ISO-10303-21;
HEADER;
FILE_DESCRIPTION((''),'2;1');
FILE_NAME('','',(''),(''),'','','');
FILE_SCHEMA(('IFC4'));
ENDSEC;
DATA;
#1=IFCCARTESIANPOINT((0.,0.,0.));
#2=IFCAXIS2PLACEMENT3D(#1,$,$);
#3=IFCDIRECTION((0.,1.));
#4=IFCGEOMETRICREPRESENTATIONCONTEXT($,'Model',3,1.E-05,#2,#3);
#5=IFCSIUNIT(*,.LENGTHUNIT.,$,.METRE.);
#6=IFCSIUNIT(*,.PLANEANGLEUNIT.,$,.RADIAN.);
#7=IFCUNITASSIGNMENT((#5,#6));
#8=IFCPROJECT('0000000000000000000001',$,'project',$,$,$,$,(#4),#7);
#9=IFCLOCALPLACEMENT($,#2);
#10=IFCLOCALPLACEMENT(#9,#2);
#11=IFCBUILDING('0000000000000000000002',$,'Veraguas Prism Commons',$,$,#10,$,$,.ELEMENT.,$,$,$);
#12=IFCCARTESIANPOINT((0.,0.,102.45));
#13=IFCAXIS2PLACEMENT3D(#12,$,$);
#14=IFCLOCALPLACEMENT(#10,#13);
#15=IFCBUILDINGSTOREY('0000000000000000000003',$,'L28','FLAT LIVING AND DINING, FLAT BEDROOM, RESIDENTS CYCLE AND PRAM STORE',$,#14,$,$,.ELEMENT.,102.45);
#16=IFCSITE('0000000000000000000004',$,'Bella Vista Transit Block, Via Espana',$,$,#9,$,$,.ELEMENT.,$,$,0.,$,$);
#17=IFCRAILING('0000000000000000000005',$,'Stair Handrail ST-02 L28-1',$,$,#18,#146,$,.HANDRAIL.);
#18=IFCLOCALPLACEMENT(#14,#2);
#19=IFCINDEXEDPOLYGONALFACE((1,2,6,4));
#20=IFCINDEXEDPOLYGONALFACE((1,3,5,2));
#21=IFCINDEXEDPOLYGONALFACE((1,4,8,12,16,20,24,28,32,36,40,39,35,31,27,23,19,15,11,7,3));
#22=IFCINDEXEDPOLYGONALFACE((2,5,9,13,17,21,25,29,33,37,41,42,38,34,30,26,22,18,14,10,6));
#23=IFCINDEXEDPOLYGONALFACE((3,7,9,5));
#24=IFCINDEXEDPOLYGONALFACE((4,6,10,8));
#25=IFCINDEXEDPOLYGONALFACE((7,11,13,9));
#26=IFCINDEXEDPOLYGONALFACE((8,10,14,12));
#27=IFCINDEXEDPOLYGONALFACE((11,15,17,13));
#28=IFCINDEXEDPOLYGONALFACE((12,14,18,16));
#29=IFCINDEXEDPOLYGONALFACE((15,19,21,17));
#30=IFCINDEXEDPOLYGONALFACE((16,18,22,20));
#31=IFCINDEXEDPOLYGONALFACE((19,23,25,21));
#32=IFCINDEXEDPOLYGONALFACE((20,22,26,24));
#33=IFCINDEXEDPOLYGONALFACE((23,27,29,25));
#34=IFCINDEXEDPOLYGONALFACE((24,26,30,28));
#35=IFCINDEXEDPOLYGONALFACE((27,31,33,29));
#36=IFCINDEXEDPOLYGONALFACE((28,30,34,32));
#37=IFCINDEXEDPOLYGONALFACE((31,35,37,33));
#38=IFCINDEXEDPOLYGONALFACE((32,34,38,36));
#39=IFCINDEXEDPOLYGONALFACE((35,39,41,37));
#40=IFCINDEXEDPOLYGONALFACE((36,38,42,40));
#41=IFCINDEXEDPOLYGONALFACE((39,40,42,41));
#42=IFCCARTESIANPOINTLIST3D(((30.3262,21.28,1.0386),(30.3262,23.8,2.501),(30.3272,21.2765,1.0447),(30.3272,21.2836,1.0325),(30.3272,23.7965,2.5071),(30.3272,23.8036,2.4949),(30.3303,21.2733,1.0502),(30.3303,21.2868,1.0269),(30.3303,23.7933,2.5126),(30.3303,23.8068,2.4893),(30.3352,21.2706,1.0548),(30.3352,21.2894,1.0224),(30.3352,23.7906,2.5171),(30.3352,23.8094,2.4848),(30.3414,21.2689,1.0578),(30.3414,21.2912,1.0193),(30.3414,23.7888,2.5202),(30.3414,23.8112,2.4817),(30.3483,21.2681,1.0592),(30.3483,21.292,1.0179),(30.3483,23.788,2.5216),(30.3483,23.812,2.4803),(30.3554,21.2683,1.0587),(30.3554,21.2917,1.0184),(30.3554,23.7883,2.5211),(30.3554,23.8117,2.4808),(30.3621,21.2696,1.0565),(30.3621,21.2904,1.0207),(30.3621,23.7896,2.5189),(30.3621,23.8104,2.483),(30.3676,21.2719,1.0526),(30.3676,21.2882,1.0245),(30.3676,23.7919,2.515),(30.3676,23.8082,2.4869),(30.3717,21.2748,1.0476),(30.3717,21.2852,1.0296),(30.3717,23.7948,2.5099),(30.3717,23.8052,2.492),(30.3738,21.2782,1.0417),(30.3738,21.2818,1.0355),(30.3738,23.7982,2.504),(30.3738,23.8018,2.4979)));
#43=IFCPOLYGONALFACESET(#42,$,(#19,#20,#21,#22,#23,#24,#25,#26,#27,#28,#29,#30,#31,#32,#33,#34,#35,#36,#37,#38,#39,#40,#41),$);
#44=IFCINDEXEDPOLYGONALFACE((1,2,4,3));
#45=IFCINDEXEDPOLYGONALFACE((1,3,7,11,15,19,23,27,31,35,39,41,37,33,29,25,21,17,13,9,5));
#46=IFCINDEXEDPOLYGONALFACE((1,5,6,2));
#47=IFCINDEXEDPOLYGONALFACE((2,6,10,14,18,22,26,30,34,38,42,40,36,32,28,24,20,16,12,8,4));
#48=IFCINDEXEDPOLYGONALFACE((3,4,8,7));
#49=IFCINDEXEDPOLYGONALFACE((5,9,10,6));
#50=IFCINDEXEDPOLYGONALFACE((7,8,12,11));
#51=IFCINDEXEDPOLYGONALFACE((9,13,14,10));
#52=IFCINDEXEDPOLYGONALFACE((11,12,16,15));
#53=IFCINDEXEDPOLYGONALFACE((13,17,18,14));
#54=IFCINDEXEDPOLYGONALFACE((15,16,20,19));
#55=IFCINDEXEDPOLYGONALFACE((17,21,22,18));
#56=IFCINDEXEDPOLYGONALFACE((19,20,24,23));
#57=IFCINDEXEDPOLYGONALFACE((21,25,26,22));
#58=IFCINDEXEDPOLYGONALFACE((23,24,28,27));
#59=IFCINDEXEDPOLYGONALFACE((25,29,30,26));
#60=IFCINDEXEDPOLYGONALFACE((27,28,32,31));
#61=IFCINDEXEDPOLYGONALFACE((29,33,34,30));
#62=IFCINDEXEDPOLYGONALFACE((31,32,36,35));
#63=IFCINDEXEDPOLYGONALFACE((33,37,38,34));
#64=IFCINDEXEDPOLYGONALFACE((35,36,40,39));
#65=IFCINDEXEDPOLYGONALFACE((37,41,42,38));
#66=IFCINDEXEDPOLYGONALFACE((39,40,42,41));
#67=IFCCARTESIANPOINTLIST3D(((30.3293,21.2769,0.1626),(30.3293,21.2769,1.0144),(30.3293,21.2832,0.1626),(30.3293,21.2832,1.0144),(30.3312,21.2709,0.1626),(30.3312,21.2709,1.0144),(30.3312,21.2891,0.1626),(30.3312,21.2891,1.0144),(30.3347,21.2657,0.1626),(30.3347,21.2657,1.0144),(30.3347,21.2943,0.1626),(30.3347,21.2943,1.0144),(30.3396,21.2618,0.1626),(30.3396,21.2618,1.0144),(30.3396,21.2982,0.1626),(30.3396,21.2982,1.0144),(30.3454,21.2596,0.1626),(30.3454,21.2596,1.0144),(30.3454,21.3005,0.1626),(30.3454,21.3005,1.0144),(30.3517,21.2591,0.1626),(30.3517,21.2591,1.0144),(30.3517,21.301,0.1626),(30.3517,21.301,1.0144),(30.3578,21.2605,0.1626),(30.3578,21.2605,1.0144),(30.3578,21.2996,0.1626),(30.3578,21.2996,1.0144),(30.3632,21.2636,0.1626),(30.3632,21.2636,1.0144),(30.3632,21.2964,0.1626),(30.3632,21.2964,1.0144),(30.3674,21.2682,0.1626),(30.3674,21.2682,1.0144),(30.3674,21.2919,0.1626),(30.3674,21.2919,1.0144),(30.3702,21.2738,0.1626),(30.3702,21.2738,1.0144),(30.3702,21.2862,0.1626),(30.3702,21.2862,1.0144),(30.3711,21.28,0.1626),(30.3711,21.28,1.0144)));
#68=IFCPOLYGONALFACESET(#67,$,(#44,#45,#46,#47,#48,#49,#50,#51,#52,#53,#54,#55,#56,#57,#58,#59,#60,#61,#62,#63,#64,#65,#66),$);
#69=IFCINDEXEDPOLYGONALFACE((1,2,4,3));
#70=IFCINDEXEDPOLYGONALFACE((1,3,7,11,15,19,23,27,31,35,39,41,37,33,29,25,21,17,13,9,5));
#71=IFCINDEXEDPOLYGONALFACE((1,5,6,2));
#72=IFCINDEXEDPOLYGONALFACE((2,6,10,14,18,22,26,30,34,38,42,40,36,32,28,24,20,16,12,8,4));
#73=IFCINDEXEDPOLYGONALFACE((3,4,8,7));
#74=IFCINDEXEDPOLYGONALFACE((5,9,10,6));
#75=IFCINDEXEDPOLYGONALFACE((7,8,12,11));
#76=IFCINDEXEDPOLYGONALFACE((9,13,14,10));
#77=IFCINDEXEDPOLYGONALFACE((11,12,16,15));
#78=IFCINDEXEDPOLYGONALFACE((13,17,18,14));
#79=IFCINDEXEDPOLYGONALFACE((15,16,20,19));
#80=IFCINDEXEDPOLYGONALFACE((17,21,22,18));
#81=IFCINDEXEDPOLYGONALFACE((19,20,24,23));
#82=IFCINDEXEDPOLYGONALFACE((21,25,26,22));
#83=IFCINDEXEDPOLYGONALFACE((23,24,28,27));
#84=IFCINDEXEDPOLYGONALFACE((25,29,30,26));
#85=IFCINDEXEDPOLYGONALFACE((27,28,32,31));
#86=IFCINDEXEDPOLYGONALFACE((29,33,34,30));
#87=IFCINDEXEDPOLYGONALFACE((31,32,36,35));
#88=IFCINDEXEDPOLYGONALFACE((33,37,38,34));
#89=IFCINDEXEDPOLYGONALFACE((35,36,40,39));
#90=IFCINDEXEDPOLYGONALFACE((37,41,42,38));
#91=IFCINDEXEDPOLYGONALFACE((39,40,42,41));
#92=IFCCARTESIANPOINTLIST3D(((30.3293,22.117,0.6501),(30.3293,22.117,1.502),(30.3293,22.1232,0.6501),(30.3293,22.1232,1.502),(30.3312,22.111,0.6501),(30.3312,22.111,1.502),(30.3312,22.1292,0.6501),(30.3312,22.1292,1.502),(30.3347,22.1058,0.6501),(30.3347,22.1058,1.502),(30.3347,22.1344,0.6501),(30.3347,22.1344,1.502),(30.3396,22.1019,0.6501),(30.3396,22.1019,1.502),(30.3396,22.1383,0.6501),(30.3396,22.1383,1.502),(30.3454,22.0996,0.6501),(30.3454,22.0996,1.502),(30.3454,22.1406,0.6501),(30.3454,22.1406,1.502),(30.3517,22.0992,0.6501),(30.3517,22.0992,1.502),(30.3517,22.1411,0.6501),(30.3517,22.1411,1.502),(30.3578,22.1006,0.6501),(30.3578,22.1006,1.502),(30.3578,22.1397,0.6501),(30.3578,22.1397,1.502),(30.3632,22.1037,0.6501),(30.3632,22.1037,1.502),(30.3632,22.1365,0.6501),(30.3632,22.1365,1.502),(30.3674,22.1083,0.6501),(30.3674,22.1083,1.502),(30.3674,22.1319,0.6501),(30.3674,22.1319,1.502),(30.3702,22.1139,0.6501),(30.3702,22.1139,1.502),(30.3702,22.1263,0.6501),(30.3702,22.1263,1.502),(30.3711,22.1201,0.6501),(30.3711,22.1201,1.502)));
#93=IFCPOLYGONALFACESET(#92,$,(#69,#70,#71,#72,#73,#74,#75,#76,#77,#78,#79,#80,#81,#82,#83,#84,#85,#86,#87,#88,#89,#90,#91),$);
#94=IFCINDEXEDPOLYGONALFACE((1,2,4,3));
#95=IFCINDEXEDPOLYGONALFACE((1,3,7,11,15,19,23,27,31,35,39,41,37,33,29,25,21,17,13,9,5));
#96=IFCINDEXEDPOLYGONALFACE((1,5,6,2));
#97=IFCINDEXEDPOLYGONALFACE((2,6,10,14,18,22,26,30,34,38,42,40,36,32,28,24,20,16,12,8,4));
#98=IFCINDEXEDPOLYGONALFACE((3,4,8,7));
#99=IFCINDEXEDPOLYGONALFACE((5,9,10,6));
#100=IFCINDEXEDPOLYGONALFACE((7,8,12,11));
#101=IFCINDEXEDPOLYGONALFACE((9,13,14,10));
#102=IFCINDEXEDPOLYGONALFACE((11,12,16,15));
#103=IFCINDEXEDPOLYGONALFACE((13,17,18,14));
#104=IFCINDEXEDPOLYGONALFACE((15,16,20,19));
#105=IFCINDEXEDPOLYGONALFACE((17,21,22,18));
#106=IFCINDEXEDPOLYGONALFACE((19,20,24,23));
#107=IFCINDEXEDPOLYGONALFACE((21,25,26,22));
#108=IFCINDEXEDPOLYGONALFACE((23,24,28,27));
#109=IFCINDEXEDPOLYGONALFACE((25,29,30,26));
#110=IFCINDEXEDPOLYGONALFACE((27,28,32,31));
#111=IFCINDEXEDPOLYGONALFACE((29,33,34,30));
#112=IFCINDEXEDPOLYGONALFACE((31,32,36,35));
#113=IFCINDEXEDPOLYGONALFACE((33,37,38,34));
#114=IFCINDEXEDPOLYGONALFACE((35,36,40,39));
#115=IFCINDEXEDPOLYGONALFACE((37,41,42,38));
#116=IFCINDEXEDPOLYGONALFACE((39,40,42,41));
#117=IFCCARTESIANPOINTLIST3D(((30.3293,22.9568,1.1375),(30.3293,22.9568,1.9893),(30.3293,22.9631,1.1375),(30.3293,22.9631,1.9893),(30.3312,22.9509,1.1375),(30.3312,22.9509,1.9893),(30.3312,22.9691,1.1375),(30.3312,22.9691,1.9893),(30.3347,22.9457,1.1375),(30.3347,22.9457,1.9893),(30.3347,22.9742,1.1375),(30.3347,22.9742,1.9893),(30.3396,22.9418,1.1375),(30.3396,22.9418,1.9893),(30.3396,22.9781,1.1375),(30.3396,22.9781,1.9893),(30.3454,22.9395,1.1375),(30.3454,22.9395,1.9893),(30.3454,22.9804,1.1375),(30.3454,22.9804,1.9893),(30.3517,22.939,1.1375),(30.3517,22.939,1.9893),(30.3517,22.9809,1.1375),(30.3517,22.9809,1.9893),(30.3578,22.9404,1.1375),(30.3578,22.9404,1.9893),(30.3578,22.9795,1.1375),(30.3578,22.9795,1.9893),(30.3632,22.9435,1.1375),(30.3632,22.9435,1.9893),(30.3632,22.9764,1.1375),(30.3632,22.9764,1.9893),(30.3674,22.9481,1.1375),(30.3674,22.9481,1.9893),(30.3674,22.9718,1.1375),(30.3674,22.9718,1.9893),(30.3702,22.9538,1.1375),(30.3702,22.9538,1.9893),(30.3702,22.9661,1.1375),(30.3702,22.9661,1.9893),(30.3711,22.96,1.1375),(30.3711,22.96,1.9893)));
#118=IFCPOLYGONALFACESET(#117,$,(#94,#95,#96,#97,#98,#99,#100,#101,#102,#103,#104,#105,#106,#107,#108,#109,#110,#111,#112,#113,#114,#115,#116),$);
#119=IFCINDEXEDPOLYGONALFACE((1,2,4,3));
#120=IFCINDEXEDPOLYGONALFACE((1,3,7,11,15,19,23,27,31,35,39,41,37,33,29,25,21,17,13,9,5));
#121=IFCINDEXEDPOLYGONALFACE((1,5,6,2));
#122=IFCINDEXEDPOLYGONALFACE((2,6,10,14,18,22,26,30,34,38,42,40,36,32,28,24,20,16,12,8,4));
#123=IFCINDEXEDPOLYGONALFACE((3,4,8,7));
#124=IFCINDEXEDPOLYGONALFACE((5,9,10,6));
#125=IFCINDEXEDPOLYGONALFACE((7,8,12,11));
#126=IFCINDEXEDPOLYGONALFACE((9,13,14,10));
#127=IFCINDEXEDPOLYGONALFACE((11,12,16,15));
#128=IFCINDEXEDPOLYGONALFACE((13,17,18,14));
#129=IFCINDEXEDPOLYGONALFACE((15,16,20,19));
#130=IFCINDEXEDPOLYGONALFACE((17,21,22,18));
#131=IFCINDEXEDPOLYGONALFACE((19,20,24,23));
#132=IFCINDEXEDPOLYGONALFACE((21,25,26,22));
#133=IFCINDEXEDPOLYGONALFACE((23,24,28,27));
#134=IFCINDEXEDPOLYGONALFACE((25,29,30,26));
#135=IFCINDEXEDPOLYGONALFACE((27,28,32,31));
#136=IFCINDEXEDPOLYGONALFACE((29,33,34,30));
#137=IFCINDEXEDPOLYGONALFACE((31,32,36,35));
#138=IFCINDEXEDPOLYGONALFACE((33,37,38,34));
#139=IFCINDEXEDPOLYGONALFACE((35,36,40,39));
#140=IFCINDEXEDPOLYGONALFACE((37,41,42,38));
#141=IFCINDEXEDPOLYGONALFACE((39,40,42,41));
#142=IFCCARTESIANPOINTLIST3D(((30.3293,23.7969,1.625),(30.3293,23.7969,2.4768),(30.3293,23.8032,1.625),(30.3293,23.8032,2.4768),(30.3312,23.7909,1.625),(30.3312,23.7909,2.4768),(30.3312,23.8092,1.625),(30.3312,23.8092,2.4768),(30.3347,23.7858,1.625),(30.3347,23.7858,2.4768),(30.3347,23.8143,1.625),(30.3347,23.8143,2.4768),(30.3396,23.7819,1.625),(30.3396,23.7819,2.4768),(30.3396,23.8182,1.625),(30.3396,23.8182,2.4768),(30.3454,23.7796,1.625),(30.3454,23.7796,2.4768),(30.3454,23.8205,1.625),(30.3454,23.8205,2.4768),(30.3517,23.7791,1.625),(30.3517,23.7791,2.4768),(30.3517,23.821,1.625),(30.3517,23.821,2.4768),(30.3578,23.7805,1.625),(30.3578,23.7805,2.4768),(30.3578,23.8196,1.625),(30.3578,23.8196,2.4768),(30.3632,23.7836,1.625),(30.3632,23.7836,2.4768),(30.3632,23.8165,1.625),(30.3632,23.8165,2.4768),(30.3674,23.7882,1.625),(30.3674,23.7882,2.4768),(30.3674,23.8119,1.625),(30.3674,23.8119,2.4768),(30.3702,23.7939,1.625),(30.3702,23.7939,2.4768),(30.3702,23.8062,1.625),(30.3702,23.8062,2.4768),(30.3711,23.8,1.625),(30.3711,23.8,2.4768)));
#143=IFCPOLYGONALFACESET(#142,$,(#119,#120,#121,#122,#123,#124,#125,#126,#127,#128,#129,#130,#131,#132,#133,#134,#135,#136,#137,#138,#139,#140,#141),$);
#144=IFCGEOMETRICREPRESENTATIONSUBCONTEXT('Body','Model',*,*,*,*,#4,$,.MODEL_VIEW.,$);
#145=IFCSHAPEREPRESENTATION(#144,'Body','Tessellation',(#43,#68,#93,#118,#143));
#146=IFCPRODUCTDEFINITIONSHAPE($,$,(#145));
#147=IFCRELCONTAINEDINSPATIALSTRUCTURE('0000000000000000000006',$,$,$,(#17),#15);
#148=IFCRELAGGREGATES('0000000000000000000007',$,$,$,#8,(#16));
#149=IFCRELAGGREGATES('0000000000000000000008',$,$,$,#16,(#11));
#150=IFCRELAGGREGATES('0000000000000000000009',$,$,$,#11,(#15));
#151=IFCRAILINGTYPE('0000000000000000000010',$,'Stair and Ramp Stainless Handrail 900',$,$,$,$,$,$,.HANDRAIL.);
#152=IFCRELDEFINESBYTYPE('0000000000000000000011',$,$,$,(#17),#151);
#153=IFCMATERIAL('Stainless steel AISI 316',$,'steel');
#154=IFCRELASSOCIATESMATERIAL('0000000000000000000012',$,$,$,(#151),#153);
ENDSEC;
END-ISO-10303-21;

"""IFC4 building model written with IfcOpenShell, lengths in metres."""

from ifc_helpers import new_model, si_unit, direction, frame, origin, origin_2d, place, context, subcontext, project, spatial, circle, extrude, material, type_object, element, save


model = new_model("IFC4")

# Units and contexts
model_context = context("Model", 3, precision=1e-05, world=origin(), true_north=direction((0.0, 1.0)))
body_context = subcontext(model_context, "Body", "Model", "MODEL_VIEW")
ifc_project = project(units=[si_unit("LENGTHUNIT", "METRE"), si_unit("PLANEANGLEUNIT", "RADIAN")], contexts=[model_context])

# Site, building, storey
site_placement = place(None, origin())
site = spatial("IfcSite", under=ifc_project, at=site_placement, Name="Bella Vista Transit Block, Via Espana", CompositionType="ELEMENT", RefElevation=0.0)
building_placement = place(site_placement, origin())
building = spatial("IfcBuilding", under=site, at=building_placement, Name="Veraguas Prism Commons", CompositionType="ELEMENT")
storey_placement = place(building_placement, frame((0.0, 0.0, 102.45)))
storey = spatial("IfcBuildingStorey", under=building, at=storey_placement, Name="L28", Description="FLAT LIVING AND DINING, FLAT BEDROOM, RESIDENTS CYCLE AND PRAM STORE", CompositionType="ELEMENT", Elevation=102.45)

# Shared definitions
ifc_material_1 = material(Name="Stainless steel AISI 316", Category="steel")

# Railing
railing_type_1 = type_object("IfcRailingType", Name="Stair and Ramp Stainless Handrail 900", PredefinedType="HANDRAIL", material=ifc_material_1)
railing_1_placement = place(storey_placement, frame((30.3501, 21.28, 0.1626)))
element("IfcRailing", 1, at=railing_1_placement, inside=storey, type_object=railing_type_1, Name="Stair Handrail ST-02 L28-1", PredefinedType="HANDRAIL", context=body_context, shape_type="SweptSolid", body=[
    extrude(circle(Radius=0.0239, at=origin_2d()), frame((0.0, 0.0, 0.876), z_axis=(0.0, 0.864913, 0.501921), x_axis=(-1.0, 0.0, 0.0)), (0.0, 0.0, 1.0), 2.9136),
    extrude(circle(Radius=0.021, at=origin_2d()), origin(), (0.0, 0.0, 1.0), 0.8518),
    extrude(circle(Radius=0.021, at=origin_2d()), frame((0.0, 0.8401, 0.4875)), (0.0, 0.0, 1.0), 0.8518),
    extrude(circle(Radius=0.021, at=origin_2d()), frame((0.0, 1.6799, 0.9749)), (0.0, 0.0, 1.0), 0.8518),
    extrude(circle(Radius=0.021, at=origin_2d()), frame((0.0, 2.52, 1.4624)), (0.0, 0.0, 1.0), 0.8518),
])

save(model, "model.ifc")
